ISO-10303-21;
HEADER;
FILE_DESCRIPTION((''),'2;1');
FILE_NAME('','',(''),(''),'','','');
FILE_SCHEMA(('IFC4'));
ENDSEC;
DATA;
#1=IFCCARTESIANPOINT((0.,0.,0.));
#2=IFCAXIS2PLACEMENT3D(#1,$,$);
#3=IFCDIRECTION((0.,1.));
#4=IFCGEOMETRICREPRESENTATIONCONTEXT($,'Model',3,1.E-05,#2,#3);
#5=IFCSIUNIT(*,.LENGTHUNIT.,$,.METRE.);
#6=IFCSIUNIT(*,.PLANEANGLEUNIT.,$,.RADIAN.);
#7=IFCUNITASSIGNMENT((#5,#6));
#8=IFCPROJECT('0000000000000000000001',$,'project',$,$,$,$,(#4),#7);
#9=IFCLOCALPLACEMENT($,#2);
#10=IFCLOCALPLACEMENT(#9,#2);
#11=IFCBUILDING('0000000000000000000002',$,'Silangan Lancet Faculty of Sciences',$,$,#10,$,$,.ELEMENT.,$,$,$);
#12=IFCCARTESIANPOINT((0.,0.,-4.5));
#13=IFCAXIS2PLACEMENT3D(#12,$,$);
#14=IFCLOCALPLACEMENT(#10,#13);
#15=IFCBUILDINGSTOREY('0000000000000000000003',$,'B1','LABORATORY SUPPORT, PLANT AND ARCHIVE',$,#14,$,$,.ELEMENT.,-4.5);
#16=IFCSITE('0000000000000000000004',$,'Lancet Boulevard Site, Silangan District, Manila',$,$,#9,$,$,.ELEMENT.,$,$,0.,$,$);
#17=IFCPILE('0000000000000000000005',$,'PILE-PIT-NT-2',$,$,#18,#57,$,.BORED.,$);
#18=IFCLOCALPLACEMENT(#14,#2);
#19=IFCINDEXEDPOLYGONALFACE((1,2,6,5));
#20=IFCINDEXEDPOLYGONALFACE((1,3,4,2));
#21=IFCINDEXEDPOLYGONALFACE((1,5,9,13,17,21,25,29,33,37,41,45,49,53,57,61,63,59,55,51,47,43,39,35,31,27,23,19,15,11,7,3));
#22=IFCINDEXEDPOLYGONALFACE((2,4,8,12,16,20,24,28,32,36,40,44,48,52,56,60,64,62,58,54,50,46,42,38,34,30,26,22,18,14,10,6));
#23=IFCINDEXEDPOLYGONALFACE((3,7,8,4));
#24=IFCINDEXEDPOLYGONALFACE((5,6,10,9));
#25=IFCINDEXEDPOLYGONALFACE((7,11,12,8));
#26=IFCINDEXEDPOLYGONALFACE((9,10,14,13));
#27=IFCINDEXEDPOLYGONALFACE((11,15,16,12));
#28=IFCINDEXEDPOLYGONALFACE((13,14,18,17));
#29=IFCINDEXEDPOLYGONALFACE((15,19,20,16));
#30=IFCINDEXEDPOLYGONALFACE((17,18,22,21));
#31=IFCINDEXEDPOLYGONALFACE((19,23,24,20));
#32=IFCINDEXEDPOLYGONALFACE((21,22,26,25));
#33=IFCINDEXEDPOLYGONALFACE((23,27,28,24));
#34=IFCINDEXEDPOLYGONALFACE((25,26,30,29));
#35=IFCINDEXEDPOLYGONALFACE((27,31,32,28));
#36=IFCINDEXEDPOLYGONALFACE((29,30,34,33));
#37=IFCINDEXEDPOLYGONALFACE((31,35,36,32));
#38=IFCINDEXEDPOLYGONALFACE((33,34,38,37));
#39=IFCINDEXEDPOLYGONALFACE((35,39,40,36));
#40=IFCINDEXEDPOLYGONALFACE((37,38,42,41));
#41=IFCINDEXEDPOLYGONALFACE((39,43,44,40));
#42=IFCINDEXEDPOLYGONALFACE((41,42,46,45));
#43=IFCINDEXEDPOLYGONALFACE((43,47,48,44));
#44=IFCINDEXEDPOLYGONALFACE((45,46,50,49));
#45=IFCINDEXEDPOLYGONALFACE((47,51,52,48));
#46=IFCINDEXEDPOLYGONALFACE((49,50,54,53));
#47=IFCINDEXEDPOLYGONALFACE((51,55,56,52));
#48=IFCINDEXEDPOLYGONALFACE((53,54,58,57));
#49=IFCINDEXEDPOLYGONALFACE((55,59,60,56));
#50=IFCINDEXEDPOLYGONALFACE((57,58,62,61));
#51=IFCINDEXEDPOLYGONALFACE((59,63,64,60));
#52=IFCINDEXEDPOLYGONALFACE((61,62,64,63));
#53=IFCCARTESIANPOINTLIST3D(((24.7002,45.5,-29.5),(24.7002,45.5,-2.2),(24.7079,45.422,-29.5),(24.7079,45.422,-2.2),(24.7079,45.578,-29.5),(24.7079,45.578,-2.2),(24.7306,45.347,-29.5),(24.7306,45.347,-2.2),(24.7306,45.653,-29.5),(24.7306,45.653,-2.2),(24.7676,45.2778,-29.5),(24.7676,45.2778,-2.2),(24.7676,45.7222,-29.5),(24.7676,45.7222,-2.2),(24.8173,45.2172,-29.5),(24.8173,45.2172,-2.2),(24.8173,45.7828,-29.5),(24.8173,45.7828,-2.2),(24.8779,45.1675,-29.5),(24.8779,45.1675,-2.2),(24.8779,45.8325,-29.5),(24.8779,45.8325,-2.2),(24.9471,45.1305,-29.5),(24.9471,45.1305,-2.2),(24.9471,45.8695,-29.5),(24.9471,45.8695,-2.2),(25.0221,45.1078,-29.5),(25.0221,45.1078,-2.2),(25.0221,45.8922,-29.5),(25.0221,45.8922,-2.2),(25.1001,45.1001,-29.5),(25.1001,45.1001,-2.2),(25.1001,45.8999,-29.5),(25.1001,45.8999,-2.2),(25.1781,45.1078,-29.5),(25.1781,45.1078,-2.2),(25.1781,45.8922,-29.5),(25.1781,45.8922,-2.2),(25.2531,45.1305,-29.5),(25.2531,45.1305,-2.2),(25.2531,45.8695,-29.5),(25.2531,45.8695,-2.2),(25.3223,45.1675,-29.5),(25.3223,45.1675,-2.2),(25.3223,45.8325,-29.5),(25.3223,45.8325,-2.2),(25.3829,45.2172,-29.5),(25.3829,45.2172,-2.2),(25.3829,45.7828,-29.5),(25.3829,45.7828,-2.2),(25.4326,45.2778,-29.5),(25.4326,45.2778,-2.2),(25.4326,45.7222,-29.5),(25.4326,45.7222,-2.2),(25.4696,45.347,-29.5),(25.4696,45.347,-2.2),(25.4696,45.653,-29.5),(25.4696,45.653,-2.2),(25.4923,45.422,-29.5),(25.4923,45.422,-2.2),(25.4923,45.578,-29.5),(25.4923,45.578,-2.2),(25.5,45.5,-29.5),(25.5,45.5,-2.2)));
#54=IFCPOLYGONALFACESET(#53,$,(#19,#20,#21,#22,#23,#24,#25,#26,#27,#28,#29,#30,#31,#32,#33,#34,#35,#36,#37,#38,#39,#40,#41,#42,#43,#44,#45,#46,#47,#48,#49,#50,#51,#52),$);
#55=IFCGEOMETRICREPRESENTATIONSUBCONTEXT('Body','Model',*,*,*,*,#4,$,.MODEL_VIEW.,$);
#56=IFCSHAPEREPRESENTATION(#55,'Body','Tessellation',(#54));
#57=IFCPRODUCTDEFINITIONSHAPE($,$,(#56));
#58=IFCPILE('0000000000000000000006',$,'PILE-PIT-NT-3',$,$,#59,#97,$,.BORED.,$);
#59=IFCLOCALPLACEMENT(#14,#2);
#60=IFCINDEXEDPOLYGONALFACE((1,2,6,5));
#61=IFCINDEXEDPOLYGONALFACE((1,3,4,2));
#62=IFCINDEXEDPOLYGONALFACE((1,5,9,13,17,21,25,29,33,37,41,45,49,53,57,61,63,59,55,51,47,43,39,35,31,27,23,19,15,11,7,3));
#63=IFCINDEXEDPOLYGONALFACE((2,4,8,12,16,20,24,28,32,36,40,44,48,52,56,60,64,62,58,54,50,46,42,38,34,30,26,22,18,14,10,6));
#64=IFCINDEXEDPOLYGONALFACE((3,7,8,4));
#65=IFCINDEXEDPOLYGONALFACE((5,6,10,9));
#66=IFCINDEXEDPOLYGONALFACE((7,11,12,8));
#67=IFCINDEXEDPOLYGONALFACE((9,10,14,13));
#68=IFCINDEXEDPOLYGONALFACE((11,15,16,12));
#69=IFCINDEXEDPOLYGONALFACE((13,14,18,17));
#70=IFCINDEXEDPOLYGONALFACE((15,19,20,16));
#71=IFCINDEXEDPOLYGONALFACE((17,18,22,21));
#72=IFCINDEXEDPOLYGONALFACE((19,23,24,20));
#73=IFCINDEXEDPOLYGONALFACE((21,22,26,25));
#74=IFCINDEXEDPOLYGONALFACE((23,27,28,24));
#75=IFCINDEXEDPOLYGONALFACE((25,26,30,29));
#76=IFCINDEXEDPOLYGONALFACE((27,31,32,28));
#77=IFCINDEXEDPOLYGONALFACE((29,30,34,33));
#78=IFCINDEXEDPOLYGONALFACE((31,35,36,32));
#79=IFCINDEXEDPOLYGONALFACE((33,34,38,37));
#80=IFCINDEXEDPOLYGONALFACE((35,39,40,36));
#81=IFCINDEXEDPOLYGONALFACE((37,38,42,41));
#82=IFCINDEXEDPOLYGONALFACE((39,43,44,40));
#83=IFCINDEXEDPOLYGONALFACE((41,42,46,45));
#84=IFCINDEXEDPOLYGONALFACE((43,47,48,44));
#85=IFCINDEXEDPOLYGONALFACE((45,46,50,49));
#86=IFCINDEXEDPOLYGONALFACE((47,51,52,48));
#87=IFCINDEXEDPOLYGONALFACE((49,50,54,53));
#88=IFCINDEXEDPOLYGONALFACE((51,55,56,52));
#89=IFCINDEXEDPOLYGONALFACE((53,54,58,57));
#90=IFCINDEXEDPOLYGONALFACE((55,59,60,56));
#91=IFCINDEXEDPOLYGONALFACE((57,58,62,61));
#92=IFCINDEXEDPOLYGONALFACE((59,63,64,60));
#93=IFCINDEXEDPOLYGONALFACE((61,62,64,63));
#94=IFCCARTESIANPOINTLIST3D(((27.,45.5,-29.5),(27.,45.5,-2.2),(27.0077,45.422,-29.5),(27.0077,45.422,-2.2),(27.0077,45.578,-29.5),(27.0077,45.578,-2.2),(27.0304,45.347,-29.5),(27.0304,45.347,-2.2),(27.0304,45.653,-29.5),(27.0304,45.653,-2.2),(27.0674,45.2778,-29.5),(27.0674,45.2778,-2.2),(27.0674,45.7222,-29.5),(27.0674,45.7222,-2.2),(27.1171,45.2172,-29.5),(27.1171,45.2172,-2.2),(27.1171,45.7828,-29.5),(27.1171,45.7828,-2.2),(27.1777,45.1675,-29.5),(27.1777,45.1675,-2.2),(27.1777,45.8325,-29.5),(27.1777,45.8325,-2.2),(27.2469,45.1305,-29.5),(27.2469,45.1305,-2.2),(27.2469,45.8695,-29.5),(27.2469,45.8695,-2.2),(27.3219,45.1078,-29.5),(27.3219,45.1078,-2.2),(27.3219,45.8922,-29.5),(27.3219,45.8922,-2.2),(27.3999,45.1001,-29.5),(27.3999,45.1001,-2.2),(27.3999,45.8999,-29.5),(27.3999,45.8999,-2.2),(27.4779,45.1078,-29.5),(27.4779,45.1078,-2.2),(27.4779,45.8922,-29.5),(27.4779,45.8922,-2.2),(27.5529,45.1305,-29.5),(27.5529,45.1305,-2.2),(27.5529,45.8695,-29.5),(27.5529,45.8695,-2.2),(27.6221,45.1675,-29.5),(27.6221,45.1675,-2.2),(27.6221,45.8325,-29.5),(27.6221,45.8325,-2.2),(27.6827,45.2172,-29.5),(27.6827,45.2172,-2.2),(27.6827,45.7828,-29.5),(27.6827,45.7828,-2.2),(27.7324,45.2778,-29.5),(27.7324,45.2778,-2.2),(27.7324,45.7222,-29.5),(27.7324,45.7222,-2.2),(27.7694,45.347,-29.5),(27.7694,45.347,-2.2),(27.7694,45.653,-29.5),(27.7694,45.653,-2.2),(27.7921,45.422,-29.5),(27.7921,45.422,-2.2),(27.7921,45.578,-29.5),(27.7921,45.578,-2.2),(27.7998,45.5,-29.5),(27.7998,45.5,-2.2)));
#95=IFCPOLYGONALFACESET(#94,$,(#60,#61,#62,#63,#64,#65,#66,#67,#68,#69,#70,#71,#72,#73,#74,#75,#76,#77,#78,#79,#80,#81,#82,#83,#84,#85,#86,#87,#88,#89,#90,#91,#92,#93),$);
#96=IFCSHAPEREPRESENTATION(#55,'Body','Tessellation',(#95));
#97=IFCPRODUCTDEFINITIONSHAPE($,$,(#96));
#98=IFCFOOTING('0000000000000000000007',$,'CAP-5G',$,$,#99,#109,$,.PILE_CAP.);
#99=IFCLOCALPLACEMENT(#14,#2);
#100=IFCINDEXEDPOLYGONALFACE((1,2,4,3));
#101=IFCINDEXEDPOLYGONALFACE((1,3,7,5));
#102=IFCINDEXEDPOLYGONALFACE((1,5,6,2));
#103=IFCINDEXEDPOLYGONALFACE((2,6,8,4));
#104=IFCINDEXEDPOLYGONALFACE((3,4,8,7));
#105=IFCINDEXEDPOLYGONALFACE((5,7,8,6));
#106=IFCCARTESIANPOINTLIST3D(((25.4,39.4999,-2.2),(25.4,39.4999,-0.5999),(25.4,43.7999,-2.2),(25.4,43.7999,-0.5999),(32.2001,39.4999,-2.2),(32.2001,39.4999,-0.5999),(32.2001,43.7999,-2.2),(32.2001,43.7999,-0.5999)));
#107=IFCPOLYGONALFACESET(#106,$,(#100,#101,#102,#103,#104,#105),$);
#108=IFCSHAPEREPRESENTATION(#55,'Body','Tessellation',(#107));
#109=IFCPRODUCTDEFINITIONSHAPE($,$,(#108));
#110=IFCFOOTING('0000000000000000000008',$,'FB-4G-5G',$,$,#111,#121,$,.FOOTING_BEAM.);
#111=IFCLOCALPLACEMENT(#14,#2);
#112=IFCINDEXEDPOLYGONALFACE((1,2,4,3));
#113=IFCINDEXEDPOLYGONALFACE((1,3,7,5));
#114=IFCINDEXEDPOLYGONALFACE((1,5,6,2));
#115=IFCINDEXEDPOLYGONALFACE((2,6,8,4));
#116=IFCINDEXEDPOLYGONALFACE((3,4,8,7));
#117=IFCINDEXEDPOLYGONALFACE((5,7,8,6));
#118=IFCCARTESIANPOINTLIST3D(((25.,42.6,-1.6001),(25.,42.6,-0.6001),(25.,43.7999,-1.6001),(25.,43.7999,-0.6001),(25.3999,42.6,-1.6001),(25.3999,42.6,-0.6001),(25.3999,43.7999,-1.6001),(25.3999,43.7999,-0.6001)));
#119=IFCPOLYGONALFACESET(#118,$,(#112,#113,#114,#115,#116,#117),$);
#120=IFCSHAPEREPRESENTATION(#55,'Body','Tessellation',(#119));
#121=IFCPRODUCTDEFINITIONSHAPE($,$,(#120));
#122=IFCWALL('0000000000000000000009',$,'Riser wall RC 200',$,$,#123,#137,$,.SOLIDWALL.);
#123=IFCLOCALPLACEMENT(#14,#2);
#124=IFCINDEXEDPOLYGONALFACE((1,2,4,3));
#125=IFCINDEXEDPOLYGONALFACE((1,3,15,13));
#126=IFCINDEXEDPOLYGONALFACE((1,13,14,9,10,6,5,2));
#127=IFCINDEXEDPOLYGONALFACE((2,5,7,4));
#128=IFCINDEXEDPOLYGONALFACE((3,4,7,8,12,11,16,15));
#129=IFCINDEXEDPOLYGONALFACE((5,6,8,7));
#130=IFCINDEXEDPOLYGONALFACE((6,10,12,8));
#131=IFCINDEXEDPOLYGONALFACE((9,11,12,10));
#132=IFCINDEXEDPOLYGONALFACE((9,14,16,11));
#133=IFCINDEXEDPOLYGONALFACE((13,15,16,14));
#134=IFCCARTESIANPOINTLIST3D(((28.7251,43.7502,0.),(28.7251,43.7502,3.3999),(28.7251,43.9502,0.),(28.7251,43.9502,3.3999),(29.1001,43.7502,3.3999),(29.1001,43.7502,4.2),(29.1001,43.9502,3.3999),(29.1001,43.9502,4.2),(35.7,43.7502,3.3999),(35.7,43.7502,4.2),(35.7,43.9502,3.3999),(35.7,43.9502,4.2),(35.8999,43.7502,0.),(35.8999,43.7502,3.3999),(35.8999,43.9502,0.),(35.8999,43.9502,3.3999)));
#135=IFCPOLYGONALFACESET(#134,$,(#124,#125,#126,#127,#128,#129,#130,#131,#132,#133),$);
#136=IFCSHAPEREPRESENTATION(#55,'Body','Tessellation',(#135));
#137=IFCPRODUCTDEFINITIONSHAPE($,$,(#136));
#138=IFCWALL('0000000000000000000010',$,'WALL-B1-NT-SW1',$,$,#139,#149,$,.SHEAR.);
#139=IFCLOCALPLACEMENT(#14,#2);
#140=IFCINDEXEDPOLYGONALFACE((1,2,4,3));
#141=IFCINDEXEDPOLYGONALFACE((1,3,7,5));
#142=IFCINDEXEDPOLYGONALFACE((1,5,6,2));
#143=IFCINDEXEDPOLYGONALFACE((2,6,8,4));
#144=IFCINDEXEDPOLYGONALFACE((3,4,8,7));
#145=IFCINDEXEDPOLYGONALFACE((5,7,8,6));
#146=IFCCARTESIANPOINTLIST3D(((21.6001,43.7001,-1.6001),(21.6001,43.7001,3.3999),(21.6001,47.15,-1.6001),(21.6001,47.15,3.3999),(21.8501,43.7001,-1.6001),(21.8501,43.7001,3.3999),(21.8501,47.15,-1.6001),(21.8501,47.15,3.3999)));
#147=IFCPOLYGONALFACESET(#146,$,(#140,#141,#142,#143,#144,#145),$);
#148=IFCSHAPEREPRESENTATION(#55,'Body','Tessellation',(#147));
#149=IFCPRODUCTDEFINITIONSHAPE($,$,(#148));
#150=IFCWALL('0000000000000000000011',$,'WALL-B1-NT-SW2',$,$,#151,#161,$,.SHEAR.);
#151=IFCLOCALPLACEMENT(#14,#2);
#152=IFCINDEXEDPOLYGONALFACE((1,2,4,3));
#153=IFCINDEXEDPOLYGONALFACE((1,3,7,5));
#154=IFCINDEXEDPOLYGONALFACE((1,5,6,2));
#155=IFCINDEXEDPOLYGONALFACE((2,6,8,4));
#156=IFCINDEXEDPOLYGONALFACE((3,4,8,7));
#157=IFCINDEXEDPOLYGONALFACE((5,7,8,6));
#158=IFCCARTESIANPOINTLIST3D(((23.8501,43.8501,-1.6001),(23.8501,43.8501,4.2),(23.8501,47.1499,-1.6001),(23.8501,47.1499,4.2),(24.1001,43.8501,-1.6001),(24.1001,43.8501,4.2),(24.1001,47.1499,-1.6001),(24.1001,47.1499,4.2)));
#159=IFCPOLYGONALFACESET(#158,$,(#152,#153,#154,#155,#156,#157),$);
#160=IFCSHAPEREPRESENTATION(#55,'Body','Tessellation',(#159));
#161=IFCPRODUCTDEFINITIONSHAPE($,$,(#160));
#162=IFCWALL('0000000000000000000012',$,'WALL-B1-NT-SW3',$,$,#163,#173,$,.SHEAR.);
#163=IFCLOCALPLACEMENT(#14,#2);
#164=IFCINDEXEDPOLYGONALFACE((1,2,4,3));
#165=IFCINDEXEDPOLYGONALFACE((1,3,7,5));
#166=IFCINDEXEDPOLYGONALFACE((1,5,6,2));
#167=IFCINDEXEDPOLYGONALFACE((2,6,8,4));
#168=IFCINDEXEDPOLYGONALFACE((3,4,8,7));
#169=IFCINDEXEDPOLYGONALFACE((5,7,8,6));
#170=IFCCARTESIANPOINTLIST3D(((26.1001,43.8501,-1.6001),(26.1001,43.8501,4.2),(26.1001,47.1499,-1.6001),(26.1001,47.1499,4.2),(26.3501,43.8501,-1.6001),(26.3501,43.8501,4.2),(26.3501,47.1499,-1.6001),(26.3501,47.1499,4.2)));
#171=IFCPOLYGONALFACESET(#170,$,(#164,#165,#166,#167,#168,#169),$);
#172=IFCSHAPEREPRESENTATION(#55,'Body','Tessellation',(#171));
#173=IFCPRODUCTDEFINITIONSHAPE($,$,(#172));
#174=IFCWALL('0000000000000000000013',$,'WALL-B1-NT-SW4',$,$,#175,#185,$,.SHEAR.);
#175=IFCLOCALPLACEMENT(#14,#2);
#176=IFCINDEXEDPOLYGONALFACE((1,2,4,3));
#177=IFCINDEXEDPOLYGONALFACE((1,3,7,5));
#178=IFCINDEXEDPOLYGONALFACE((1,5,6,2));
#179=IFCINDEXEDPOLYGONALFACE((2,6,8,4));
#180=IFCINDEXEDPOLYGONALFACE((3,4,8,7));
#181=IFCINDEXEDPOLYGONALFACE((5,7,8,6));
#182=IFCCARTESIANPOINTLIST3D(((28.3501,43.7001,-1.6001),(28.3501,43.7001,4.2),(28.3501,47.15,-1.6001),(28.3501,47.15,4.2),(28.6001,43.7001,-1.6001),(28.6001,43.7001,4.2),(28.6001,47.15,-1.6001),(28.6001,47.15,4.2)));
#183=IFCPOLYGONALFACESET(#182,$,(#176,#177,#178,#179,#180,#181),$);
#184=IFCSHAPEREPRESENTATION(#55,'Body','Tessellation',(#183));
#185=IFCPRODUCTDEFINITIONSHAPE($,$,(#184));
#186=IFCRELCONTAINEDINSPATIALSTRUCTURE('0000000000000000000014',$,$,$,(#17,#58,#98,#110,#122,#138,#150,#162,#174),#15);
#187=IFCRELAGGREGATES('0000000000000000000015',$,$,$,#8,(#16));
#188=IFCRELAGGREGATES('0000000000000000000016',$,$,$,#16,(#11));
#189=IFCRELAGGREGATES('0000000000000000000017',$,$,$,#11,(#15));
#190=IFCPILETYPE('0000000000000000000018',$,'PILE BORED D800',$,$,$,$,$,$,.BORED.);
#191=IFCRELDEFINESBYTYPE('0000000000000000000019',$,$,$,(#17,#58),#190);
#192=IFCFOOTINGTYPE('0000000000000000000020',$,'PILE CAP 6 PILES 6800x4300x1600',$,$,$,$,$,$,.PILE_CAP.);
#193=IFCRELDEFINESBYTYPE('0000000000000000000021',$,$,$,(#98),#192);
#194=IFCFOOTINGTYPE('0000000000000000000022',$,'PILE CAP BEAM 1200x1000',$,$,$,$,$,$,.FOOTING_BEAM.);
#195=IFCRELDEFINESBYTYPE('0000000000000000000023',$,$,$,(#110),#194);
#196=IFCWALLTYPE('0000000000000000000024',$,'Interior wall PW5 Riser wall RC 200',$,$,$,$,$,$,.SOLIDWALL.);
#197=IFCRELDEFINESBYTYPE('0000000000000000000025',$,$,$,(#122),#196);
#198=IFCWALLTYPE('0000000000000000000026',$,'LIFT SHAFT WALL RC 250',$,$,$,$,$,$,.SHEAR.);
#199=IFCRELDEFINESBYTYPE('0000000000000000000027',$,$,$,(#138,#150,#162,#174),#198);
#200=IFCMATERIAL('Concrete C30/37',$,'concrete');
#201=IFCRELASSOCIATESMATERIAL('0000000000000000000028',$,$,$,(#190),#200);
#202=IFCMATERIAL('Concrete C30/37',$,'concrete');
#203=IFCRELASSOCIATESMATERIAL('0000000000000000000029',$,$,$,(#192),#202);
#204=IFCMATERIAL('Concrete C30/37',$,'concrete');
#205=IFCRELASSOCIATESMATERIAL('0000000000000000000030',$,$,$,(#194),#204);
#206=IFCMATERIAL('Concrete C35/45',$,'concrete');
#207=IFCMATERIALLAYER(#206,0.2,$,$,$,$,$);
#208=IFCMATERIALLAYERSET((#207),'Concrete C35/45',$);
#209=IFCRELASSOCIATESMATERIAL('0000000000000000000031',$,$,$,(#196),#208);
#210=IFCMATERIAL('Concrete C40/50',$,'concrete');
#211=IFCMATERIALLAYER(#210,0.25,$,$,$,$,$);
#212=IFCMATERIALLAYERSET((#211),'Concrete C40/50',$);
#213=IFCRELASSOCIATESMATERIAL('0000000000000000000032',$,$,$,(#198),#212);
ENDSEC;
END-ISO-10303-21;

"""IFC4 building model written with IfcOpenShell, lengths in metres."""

from ifc_helpers import new_model, si_unit, direction, frame, frame_2d, origin, origin_2d, place, context, subcontext, project, spatial, polyline, rectangle, circle, outline, extrude, material, layer, layer_set, material_profile, profile_set, type_object, element, save


model = new_model("IFC4")

# Units and contexts
model_context = context("Model", 3, precision=1e-05, world=origin(), true_north=direction((0.0, 1.0)))
body_context = subcontext(model_context, "Body", "Model", "MODEL_VIEW")
ifc_project = project(units=[si_unit("LENGTHUNIT", "METRE"), si_unit("PLANEANGLEUNIT", "RADIAN")], contexts=[model_context])

# Site, building, storey
site_placement = place(None, origin())
site = spatial("IfcSite", under=ifc_project, at=site_placement, Name="Lancet Boulevard Site, Silangan District, Manila", CompositionType="ELEMENT", RefElevation=0.0)
building_placement = place(site_placement, origin())
building = spatial("IfcBuilding", under=site, at=building_placement, Name="Silangan Lancet Faculty of Sciences", CompositionType="ELEMENT")
storey_placement = place(building_placement, frame((0.0, 0.0, -4.5)))
storey = spatial("IfcBuildingStorey", under=building, at=storey_placement, Name="B1", Description="LABORATORY SUPPORT, PLANT AND ARCHIVE", CompositionType="ELEMENT", Elevation=-4.5)

# Piles
ifc_material_1 = material(Name="Concrete C30/37", Category="concrete")
ifc_material_profile_1 = material_profile(ifc_material_1, circle(Radius=0.3999, at=origin_2d()), Name="BORED PILE D800")
ifc_profile_set_1 = profile_set([ifc_material_profile_1], Name="Concrete C30/37")
pile_type_1 = type_object("IfcPileType", Name="PILE BORED D800", PredefinedType="BORED", material=ifc_profile_set_1)
for number, where, z_axis, x_axis, name in (
    (1, (25.1001, 45.5, -2.2), (0.0, 0.0, -1.0), (1.0, 0.0, 0.0), "PILE-PIT-NT-2"),
    (2, (27.3999, 45.5, -2.2), (0.0, 0.0, -1.0), (1.0, 0.0, 0.0), "PILE-PIT-NT-3"),
):
    element("IfcPile", number, at=place(storey_placement, frame(where, z_axis=z_axis, x_axis=x_axis)), inside=storey, type_object=pile_type_1, Name=name, PredefinedType="BORED", context=body_context, shape_type="SweptSolid", body=[
        extrude(circle(Radius=0.3999, at=origin_2d()), origin(), (0.0, 0.0, 1.0), 27.3),
    ])

# Footings
ifc_material_2 = material(Name="Concrete C30/37", Category="concrete")
footing_type_1 = type_object("IfcFootingType", Name="PILE CAP 6 PILES 6800x4300x1600", PredefinedType="PILE_CAP", material=ifc_material_2)
footing_1_placement = place(storey_placement, frame((28.8, 41.6499, -2.2), z_axis=(0.0, 0.0, 1.0), x_axis=(1.0, 0.0, 0.0)))
element("IfcFooting", 3, at=footing_1_placement, inside=storey, type_object=footing_type_1, Name="CAP-5G", PredefinedType="PILE_CAP", context=body_context, shape_type="SweptSolid", body=[
    extrude(rectangle(XDim=6.8, YDim=4.3, at=origin_2d()), origin(), (0.0, 0.0, 1.0), 1.6001),
])
ifc_material_3 = material(Name="Concrete C30/37", Category="concrete")
footing_type_2 = type_object("IfcFootingType", Name="PILE CAP BEAM 1200x1000", PredefinedType="FOOTING_BEAM", material=ifc_material_3)
footing_2_placement = place(storey_placement, frame((25.2, 43.2, -1.6001), z_axis=(0.0, 0.0, 1.0), x_axis=(1.0, 0.0, 0.0)))
element("IfcFooting", 4, at=footing_2_placement, inside=storey, type_object=footing_type_2, Name="FB-4G-5G", PredefinedType="FOOTING_BEAM", context=body_context, shape_type="SweptSolid", body=[
    extrude(rectangle(XDim=0.3999, YDim=1.2, at=origin_2d()), origin(), (0.0, 0.0, 1.0), 1.0),
])

# Walls
ifc_material_4 = material(Name="Concrete C35/45", Category="concrete")
ifc_layer_1 = layer(ifc_material_4, 0.2)
ifc_layer_set_1 = layer_set([ifc_layer_1], Name="Concrete C35/45")
wall_type_1 = type_object("IfcWallType", Name="Interior wall PW5 Riser wall RC 200", PredefinedType="SOLIDWALL", material=ifc_layer_set_1)
wall_1_placement = place(storey_placement, frame((28.7251, 43.8501, 0.0), z_axis=(0.0, 0.0, 1.0), x_axis=(1.0, 0.0, 0.0)))
element("IfcWall", 5, at=wall_1_placement, inside=storey, type_object=wall_type_1, Name="Riser wall RC 200", PredefinedType="SOLIDWALL", context=body_context, shape_type="SweptSolid", body=[
    extrude(outline(polyline([(0.0, 0.0), (7.1748, 0.0), (7.1748, 3.3999), (6.9749, 3.3999), (6.9749, 4.2), (0.375, 4.2), (0.375, 3.3999), (0.0, 3.3999), (0.0, 0.0)])), frame((0.0, 0.1001, 0.0), z_axis=(0.0, -1.0, 0.0), x_axis=(1.0, 0.0, 0.0)), (0.0, 0.0, 1.0), 0.2),
])
ifc_material_5 = material(Name="Concrete C40/50", Category="concrete")
ifc_layer_2 = layer(ifc_material_5, 0.25)
ifc_layer_set_2 = layer_set([ifc_layer_2], Name="Concrete C40/50")
wall_type_2 = type_object("IfcWallType", Name="LIFT SHAFT WALL RC 250", PredefinedType="SHEAR", material=ifc_layer_set_2)
wall_2_placement = place(storey_placement, frame((21.7251, 43.7, -1.6001), z_axis=(0.0, 0.0, 1.0), x_axis=(0.0, 1.0, 0.0)))
element("IfcWall", 6, at=wall_2_placement, inside=storey, type_object=wall_type_2, Name="WALL-B1-NT-SW1", PredefinedType="SHEAR", context=body_context, shape_type="SweptSolid", body=[
    extrude(rectangle(XDim=3.45, YDim=0.25, at=frame_2d((1.7251, 0.0))), origin(), (0.0, 0.0, 1.0), 5.0),
])
for number, where, z_axis, x_axis, name in (
    (7, (23.9751, 43.8501, -1.6001), (0.0, 0.0, 1.0), (0.0, 1.0, 0.0), "WALL-B1-NT-SW2"),
    (8, (26.2251, 43.8501, -1.6001), (0.0, 0.0, 1.0), (0.0, 1.0, 0.0), "WALL-B1-NT-SW3"),
):
    element("IfcWall", number, at=place(storey_placement, frame(where, z_axis=z_axis, x_axis=x_axis)), inside=storey, type_object=wall_type_2, Name=name, PredefinedType="SHEAR", context=body_context, shape_type="SweptSolid", body=[
        extrude(rectangle(XDim=3.2998, YDim=0.25, at=frame_2d((1.6499, 0.0))), origin(), (0.0, 0.0, 1.0), 5.8),
    ])
wall_3_placement = place(storey_placement, frame((28.4751, 43.7, -1.6001), z_axis=(0.0, 0.0, 1.0), x_axis=(0.0, 1.0, 0.0)))
element("IfcWall", 9, at=wall_3_placement, inside=storey, type_object=wall_type_2, Name="WALL-B1-NT-SW4", PredefinedType="SHEAR", context=body_context, shape_type="SweptSolid", body=[
    extrude(rectangle(XDim=3.45, YDim=0.25, at=frame_2d((1.7251, 0.0))), origin(), (0.0, 0.0, 1.0), 5.8),
])

save(model, "model.ifc")
